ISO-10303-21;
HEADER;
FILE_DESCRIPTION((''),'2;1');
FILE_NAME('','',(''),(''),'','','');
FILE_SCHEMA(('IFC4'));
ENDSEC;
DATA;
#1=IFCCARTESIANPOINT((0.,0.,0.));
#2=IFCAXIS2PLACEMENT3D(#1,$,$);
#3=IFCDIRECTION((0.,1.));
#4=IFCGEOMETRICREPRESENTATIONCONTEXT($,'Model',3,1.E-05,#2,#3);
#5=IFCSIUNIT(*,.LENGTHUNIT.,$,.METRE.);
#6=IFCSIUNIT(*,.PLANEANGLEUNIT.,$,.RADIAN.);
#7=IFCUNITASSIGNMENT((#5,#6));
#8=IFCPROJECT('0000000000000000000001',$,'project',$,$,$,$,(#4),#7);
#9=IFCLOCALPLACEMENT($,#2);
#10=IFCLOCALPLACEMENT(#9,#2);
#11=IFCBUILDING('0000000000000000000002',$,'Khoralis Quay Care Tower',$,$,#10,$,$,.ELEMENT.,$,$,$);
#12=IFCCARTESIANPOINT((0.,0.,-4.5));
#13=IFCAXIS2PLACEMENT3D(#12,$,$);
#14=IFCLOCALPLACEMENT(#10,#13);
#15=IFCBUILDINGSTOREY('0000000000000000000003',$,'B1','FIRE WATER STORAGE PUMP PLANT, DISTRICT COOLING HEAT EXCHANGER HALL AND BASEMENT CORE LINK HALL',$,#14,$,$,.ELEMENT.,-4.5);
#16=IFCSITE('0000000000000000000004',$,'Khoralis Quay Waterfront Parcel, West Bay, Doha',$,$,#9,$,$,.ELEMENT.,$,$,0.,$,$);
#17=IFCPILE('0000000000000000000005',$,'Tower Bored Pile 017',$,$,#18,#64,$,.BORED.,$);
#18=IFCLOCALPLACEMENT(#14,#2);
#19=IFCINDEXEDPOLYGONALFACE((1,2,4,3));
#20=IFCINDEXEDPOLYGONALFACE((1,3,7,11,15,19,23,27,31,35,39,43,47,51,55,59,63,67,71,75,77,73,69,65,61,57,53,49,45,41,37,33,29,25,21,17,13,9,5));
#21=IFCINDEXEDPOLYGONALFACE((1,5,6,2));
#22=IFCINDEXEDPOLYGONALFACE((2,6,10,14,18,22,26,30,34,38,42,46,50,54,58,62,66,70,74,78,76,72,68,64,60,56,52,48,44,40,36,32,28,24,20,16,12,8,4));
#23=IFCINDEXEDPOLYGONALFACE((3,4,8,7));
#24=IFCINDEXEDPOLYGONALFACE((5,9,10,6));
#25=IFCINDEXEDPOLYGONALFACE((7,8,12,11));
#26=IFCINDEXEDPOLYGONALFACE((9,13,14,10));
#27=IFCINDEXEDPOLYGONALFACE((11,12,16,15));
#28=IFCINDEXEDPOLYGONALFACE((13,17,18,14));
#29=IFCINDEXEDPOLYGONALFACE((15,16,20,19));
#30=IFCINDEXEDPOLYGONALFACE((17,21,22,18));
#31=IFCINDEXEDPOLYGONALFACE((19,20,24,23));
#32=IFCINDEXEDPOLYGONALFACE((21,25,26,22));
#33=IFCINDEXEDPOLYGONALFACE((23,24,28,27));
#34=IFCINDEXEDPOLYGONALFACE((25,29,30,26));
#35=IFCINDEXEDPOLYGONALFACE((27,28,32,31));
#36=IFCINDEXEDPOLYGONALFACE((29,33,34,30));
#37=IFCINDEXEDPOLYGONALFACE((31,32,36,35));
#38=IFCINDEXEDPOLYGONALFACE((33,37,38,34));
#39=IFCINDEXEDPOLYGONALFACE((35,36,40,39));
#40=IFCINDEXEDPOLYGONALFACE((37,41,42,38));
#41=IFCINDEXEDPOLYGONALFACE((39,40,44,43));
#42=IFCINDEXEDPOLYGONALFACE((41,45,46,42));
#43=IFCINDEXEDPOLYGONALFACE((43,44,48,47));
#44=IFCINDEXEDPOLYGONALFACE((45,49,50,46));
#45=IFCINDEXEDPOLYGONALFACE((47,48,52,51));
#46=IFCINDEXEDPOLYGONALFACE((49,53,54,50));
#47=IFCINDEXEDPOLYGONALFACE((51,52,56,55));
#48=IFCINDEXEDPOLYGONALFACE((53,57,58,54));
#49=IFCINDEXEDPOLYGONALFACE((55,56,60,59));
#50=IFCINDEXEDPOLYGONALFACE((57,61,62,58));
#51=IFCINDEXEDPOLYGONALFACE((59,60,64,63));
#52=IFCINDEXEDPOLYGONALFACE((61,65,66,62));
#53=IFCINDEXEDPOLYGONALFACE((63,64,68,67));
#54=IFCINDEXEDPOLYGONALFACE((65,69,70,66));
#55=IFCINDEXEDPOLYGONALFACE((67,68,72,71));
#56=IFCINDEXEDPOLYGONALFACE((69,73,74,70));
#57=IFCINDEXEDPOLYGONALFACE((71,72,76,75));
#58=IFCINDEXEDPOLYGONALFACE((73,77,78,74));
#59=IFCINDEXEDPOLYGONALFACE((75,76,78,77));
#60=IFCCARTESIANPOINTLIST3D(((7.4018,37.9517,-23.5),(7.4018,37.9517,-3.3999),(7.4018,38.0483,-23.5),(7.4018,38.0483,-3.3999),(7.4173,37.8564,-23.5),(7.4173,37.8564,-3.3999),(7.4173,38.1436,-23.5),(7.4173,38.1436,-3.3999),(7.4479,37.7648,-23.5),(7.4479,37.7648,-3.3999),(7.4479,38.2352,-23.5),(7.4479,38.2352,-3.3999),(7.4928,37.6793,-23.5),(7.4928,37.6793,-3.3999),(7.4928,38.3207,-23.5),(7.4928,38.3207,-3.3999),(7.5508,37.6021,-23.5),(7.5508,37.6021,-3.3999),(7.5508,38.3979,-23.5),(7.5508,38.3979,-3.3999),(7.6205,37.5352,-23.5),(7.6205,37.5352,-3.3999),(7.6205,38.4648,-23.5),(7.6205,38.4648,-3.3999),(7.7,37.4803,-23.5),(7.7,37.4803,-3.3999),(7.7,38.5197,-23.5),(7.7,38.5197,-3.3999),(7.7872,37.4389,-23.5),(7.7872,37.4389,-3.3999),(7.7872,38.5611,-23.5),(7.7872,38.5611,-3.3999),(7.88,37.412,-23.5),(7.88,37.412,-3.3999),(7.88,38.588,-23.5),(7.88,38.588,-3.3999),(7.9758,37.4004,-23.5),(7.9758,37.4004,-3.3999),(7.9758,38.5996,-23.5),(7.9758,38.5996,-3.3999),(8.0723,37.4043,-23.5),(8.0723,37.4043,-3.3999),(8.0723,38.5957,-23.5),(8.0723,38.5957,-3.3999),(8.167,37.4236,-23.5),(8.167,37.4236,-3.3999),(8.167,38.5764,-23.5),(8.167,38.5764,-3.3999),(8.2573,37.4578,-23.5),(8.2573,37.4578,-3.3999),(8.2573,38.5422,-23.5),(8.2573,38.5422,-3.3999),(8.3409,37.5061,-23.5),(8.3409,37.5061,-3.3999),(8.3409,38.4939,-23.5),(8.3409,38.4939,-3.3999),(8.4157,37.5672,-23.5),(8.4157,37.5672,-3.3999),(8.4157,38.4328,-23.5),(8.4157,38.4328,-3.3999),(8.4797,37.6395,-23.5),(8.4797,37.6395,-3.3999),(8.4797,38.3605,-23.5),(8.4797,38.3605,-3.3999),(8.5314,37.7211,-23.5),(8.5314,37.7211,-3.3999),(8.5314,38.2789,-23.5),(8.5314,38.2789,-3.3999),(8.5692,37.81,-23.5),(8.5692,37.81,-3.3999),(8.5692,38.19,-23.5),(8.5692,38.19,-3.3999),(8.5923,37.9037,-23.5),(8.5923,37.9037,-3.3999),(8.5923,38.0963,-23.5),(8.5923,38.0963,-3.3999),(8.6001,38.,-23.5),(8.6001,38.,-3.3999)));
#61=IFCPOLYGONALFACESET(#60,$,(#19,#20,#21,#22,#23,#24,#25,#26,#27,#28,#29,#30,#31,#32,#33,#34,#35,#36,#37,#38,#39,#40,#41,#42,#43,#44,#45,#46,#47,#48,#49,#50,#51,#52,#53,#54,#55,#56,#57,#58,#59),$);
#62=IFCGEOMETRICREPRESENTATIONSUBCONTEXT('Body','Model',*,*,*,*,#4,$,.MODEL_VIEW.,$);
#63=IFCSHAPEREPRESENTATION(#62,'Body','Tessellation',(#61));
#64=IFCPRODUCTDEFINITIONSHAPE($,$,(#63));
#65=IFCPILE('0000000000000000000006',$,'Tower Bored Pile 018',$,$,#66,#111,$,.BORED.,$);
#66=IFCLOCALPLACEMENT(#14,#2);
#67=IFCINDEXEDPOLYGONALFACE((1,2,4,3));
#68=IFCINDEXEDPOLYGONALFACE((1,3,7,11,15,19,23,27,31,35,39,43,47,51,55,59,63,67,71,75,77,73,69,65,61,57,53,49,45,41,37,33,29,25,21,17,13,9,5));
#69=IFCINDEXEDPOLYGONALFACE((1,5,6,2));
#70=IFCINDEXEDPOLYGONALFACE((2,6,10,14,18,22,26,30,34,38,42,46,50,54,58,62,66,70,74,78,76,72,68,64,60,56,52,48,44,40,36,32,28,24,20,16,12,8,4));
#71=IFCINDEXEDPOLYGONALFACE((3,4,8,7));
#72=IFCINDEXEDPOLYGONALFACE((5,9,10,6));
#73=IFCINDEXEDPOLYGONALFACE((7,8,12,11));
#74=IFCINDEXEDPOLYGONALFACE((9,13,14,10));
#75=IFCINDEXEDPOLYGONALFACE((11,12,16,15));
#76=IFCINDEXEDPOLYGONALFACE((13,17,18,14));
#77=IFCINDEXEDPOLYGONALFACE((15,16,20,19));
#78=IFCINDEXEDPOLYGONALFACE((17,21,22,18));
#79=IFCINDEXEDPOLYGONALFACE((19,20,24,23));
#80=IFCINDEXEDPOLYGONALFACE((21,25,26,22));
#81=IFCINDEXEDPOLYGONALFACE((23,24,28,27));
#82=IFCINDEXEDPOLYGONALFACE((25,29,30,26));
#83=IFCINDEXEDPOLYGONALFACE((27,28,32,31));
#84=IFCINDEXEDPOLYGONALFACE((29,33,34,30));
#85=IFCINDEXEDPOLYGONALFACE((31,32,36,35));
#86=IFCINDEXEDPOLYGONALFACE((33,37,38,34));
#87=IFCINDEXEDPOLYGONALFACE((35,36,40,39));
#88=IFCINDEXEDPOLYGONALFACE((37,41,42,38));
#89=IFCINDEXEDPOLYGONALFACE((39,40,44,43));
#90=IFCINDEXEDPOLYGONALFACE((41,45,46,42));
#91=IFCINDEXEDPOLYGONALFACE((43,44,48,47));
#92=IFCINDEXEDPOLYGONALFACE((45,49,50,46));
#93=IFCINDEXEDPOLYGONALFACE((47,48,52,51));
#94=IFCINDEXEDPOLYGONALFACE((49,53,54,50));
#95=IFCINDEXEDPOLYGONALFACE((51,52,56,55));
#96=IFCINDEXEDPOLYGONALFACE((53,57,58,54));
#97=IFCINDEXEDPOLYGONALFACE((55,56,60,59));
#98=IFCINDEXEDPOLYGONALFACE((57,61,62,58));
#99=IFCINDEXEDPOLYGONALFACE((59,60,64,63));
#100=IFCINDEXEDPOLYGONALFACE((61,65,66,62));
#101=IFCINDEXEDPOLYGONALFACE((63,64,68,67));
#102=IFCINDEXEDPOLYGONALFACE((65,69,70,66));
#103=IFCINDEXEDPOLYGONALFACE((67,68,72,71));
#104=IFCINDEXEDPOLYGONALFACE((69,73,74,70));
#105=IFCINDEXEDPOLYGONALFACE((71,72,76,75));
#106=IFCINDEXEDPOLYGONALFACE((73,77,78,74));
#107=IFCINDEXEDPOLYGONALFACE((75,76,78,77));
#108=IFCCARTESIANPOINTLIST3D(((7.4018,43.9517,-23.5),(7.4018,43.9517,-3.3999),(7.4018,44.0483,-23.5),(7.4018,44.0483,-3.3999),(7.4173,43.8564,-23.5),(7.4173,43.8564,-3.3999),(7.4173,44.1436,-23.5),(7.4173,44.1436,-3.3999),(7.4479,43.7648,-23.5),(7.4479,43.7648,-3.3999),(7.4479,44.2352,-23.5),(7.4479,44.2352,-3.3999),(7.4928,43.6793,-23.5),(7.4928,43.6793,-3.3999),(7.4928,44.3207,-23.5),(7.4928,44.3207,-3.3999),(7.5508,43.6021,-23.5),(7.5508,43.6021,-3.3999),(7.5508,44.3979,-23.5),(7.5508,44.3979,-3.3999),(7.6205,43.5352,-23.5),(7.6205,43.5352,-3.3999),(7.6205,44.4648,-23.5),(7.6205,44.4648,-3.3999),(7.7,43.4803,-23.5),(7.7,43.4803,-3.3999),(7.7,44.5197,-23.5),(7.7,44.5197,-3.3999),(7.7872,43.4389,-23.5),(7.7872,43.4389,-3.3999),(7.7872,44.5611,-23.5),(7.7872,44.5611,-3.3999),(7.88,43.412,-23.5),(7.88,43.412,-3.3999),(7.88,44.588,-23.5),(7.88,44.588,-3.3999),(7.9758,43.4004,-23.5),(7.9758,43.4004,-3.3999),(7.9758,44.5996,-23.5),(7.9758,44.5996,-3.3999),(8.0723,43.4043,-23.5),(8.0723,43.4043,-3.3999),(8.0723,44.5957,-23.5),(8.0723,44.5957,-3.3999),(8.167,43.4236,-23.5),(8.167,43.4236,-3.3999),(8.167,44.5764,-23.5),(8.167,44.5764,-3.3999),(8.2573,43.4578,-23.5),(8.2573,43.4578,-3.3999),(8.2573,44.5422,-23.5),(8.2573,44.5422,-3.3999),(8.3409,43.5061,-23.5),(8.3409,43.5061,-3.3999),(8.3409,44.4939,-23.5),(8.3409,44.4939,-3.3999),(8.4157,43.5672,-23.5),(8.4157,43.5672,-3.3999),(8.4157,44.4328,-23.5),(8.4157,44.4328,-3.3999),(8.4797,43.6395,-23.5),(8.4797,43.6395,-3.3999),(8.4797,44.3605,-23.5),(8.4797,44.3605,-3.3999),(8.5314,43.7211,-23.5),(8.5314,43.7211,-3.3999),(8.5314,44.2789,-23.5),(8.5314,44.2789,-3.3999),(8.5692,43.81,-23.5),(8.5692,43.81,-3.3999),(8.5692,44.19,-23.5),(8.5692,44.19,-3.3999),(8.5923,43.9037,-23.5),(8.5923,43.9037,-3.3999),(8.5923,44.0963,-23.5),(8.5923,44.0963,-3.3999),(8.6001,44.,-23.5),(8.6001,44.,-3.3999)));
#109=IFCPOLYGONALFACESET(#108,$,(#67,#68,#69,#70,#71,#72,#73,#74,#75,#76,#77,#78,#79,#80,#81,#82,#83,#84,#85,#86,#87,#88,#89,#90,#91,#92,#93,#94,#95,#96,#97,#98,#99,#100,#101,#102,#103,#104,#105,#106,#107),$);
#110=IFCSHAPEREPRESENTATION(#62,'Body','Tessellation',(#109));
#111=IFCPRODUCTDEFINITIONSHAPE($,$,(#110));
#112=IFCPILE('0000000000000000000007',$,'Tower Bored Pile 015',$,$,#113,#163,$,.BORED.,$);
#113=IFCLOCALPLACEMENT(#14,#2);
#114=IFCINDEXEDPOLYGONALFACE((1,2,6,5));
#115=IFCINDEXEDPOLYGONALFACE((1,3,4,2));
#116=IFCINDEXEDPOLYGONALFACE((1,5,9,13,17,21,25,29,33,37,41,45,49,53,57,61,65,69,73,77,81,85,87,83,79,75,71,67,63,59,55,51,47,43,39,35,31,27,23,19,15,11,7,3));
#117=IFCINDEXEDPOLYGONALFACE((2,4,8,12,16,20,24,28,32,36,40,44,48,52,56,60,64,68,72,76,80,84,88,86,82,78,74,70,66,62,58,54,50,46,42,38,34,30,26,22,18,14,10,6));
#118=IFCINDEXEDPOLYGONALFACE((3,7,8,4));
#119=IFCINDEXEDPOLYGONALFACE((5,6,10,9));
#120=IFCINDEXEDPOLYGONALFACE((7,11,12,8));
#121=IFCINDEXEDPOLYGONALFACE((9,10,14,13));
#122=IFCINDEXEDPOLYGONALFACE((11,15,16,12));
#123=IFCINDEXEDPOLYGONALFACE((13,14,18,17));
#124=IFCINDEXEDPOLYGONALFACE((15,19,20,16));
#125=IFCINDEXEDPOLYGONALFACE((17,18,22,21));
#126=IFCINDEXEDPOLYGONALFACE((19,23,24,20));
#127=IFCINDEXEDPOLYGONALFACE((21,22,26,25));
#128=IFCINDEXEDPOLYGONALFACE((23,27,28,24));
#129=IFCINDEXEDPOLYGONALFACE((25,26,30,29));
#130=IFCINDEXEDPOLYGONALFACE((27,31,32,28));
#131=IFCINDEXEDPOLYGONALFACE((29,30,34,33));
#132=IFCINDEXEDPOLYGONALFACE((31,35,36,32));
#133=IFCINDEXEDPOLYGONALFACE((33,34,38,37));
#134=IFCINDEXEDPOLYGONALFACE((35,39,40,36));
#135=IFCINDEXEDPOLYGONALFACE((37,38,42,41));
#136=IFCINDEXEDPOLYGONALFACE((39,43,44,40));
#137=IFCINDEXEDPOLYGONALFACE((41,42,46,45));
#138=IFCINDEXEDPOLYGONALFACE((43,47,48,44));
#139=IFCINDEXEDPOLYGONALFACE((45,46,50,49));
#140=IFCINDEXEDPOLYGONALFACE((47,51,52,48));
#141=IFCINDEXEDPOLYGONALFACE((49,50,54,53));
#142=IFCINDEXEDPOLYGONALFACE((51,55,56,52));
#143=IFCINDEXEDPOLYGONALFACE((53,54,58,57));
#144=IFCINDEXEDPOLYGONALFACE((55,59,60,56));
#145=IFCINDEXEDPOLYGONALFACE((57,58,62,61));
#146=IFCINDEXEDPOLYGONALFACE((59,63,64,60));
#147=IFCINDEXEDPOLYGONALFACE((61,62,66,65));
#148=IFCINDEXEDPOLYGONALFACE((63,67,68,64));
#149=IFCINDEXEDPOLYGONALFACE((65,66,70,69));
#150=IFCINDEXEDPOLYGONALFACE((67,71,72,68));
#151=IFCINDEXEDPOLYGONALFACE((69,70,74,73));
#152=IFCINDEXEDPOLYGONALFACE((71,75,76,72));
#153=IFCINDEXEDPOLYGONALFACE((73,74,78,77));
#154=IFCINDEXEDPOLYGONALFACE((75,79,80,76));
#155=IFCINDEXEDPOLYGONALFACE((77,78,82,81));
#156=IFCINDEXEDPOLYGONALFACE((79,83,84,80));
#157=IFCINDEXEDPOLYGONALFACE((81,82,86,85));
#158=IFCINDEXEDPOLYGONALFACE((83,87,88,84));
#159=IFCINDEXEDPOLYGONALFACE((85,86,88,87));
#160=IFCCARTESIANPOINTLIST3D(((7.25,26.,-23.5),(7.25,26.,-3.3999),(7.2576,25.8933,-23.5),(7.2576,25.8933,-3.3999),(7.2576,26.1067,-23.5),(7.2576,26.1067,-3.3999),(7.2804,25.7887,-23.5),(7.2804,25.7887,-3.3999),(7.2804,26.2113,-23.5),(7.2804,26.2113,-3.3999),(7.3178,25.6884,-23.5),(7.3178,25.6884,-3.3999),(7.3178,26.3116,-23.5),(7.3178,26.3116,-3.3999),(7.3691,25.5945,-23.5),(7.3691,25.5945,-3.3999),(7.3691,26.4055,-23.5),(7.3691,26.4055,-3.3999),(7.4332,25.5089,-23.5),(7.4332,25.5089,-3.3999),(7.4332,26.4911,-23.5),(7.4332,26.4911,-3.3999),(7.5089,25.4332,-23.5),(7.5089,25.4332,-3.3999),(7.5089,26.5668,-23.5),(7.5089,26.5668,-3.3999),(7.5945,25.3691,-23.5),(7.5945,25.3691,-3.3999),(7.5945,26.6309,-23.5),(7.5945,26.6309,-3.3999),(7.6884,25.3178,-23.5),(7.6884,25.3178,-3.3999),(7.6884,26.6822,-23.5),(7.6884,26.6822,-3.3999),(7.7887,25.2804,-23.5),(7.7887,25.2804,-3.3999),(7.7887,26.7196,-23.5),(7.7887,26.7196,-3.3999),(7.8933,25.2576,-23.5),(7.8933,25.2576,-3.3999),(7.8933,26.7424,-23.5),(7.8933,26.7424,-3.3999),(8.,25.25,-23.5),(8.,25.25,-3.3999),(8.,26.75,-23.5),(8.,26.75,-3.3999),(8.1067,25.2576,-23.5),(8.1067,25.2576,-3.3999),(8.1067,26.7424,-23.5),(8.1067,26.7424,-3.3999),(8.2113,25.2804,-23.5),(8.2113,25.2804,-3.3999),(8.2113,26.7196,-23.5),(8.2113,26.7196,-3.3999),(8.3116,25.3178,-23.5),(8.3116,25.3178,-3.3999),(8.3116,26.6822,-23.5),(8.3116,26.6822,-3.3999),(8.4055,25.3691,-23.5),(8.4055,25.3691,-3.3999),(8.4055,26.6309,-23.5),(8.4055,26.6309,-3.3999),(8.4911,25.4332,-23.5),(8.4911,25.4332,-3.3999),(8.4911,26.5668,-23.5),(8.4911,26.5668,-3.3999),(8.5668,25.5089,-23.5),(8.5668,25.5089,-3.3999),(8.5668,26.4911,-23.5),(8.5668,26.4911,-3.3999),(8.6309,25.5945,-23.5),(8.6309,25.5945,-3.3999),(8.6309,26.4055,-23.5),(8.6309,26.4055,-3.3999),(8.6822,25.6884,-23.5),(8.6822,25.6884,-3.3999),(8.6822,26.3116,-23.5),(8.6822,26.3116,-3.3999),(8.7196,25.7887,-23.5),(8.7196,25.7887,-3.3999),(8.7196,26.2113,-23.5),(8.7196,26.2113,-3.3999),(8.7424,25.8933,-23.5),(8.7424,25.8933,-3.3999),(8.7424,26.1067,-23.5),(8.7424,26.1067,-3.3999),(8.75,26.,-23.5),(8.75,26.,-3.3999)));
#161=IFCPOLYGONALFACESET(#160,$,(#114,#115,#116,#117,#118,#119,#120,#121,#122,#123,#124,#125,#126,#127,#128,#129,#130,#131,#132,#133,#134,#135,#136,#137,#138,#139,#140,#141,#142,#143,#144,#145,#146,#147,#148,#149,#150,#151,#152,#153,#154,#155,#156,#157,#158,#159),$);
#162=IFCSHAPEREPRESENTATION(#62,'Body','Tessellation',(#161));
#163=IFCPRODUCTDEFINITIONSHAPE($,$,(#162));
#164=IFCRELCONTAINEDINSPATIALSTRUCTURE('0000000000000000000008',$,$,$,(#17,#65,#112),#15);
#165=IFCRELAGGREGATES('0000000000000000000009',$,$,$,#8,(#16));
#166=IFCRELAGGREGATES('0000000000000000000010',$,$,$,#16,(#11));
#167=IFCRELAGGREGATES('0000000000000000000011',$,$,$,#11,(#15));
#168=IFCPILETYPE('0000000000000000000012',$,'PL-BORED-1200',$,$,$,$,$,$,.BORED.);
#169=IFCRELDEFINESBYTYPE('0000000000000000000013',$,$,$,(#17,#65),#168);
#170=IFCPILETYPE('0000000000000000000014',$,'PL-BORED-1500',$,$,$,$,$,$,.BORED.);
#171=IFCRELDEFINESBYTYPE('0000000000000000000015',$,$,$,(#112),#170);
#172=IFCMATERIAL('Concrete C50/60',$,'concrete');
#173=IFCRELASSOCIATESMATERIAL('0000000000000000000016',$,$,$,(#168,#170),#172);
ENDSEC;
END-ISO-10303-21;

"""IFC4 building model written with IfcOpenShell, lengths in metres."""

from ifc_helpers import new_model, si_unit, direction, frame, origin, origin_2d, place, context, subcontext, project, spatial, circle, extrude, source, transform, mapped, material, material_profile, profile_set, type_object, element, save


model = new_model("IFC4")

# Units and contexts
model_context = context("Model", 3, precision=1e-05, world=origin(), true_north=direction((0.0, 1.0)))
body_context = subcontext(model_context, "Body", "Model", "MODEL_VIEW")
ifc_project = project(units=[si_unit("LENGTHUNIT", "METRE"), si_unit("PLANEANGLEUNIT", "RADIAN")], contexts=[model_context])

# Site, building, storey
site_placement = place(None, origin())
site = spatial("IfcSite", under=ifc_project, at=site_placement, Name="Khoralis Quay Waterfront Parcel, West Bay, Doha", CompositionType="ELEMENT", RefElevation=0.0)
building_placement = place(site_placement, origin())
building = spatial("IfcBuilding", under=site, at=building_placement, Name="Khoralis Quay Care Tower", CompositionType="ELEMENT")
storey_placement = place(building_placement, frame((0.0, 0.0, -4.5)))
storey = spatial("IfcBuildingStorey", under=building, at=storey_placement, Name="B1", Description="FIRE WATER STORAGE PUMP PLANT, DISTRICT COOLING HEAT EXCHANGER HALL AND BASEMENT CORE LINK HALL", CompositionType="ELEMENT", Elevation=-4.5)

# Piles
ifc_material_1 = material(Name="Concrete C50/60", Category="concrete")
ifc_material_profile_1 = material_profile(ifc_material_1, circle(Radius=0.6001, at=origin_2d()), Name="Concrete C50/60")
ifc_profile_set_1 = profile_set([ifc_material_profile_1], Name="Concrete C50/60")
pile_type_1 = type_object("IfcPileType", Name="PL-BORED-1200", PredefinedType="BORED", material=ifc_profile_set_1)
shared_shape_1 = source(origin(), body_context, "Body", "SweptSolid", [
    extrude(circle(Radius=0.6001, at=origin_2d()), origin(), (0.0, 0.0, 1.0), 20.1001),
])
for number, where, z_axis, x_axis, name in (
    (1, (8.0, 38.0, -3.3999), (0.0, 0.0, -1.0), (1.0, 0.0, 0.0), "Tower Bored Pile 017"),
    (2, (8.0, 44.0, -3.3999), (0.0, 0.0, -1.0), (1.0, 0.0, 0.0), "Tower Bored Pile 018"),
):
    element("IfcPile", number, at=place(storey_placement, frame(where, z_axis=z_axis, x_axis=x_axis)), inside=storey, type_object=pile_type_1, Name=name, PredefinedType="BORED", context=body_context, shape_type="MappedRepresentation", body=[
        mapped(shared_shape_1, transform((0.0, 0.0, 0.0), scale=1.0)),
    ])
ifc_material_profile_2 = material_profile(ifc_material_1, circle(Radius=0.75, at=origin_2d()), Name="Concrete C50/60")
ifc_profile_set_2 = profile_set([ifc_material_profile_2], Name="Concrete C50/60")
pile_type_2 = type_object("IfcPileType", Name="PL-BORED-1500", PredefinedType="BORED", material=ifc_profile_set_2)
shared_shape_2 = source(origin(), body_context, "Body", "SweptSolid", [
    extrude(circle(Radius=0.75, at=origin_2d()), origin(), (0.0, 0.0, 1.0), 20.1001),
])
for number, where, z_axis, x_axis, name in (
    (3, (8.0, 26.0, -3.3999), (0.0, 0.0, -1.0), (1.0, 0.0, 0.0), "Tower Bored Pile 015"),
):
    element("IfcPile", number, at=place(storey_placement, frame(where, z_axis=z_axis, x_axis=x_axis)), inside=storey, type_object=pile_type_2, Name=name, PredefinedType="BORED", context=body_context, shape_type="MappedRepresentation", body=[
        mapped(shared_shape_2, transform((0.0, 0.0, 0.0), scale=1.0)),
    ])

save(model, "model.ifc")
